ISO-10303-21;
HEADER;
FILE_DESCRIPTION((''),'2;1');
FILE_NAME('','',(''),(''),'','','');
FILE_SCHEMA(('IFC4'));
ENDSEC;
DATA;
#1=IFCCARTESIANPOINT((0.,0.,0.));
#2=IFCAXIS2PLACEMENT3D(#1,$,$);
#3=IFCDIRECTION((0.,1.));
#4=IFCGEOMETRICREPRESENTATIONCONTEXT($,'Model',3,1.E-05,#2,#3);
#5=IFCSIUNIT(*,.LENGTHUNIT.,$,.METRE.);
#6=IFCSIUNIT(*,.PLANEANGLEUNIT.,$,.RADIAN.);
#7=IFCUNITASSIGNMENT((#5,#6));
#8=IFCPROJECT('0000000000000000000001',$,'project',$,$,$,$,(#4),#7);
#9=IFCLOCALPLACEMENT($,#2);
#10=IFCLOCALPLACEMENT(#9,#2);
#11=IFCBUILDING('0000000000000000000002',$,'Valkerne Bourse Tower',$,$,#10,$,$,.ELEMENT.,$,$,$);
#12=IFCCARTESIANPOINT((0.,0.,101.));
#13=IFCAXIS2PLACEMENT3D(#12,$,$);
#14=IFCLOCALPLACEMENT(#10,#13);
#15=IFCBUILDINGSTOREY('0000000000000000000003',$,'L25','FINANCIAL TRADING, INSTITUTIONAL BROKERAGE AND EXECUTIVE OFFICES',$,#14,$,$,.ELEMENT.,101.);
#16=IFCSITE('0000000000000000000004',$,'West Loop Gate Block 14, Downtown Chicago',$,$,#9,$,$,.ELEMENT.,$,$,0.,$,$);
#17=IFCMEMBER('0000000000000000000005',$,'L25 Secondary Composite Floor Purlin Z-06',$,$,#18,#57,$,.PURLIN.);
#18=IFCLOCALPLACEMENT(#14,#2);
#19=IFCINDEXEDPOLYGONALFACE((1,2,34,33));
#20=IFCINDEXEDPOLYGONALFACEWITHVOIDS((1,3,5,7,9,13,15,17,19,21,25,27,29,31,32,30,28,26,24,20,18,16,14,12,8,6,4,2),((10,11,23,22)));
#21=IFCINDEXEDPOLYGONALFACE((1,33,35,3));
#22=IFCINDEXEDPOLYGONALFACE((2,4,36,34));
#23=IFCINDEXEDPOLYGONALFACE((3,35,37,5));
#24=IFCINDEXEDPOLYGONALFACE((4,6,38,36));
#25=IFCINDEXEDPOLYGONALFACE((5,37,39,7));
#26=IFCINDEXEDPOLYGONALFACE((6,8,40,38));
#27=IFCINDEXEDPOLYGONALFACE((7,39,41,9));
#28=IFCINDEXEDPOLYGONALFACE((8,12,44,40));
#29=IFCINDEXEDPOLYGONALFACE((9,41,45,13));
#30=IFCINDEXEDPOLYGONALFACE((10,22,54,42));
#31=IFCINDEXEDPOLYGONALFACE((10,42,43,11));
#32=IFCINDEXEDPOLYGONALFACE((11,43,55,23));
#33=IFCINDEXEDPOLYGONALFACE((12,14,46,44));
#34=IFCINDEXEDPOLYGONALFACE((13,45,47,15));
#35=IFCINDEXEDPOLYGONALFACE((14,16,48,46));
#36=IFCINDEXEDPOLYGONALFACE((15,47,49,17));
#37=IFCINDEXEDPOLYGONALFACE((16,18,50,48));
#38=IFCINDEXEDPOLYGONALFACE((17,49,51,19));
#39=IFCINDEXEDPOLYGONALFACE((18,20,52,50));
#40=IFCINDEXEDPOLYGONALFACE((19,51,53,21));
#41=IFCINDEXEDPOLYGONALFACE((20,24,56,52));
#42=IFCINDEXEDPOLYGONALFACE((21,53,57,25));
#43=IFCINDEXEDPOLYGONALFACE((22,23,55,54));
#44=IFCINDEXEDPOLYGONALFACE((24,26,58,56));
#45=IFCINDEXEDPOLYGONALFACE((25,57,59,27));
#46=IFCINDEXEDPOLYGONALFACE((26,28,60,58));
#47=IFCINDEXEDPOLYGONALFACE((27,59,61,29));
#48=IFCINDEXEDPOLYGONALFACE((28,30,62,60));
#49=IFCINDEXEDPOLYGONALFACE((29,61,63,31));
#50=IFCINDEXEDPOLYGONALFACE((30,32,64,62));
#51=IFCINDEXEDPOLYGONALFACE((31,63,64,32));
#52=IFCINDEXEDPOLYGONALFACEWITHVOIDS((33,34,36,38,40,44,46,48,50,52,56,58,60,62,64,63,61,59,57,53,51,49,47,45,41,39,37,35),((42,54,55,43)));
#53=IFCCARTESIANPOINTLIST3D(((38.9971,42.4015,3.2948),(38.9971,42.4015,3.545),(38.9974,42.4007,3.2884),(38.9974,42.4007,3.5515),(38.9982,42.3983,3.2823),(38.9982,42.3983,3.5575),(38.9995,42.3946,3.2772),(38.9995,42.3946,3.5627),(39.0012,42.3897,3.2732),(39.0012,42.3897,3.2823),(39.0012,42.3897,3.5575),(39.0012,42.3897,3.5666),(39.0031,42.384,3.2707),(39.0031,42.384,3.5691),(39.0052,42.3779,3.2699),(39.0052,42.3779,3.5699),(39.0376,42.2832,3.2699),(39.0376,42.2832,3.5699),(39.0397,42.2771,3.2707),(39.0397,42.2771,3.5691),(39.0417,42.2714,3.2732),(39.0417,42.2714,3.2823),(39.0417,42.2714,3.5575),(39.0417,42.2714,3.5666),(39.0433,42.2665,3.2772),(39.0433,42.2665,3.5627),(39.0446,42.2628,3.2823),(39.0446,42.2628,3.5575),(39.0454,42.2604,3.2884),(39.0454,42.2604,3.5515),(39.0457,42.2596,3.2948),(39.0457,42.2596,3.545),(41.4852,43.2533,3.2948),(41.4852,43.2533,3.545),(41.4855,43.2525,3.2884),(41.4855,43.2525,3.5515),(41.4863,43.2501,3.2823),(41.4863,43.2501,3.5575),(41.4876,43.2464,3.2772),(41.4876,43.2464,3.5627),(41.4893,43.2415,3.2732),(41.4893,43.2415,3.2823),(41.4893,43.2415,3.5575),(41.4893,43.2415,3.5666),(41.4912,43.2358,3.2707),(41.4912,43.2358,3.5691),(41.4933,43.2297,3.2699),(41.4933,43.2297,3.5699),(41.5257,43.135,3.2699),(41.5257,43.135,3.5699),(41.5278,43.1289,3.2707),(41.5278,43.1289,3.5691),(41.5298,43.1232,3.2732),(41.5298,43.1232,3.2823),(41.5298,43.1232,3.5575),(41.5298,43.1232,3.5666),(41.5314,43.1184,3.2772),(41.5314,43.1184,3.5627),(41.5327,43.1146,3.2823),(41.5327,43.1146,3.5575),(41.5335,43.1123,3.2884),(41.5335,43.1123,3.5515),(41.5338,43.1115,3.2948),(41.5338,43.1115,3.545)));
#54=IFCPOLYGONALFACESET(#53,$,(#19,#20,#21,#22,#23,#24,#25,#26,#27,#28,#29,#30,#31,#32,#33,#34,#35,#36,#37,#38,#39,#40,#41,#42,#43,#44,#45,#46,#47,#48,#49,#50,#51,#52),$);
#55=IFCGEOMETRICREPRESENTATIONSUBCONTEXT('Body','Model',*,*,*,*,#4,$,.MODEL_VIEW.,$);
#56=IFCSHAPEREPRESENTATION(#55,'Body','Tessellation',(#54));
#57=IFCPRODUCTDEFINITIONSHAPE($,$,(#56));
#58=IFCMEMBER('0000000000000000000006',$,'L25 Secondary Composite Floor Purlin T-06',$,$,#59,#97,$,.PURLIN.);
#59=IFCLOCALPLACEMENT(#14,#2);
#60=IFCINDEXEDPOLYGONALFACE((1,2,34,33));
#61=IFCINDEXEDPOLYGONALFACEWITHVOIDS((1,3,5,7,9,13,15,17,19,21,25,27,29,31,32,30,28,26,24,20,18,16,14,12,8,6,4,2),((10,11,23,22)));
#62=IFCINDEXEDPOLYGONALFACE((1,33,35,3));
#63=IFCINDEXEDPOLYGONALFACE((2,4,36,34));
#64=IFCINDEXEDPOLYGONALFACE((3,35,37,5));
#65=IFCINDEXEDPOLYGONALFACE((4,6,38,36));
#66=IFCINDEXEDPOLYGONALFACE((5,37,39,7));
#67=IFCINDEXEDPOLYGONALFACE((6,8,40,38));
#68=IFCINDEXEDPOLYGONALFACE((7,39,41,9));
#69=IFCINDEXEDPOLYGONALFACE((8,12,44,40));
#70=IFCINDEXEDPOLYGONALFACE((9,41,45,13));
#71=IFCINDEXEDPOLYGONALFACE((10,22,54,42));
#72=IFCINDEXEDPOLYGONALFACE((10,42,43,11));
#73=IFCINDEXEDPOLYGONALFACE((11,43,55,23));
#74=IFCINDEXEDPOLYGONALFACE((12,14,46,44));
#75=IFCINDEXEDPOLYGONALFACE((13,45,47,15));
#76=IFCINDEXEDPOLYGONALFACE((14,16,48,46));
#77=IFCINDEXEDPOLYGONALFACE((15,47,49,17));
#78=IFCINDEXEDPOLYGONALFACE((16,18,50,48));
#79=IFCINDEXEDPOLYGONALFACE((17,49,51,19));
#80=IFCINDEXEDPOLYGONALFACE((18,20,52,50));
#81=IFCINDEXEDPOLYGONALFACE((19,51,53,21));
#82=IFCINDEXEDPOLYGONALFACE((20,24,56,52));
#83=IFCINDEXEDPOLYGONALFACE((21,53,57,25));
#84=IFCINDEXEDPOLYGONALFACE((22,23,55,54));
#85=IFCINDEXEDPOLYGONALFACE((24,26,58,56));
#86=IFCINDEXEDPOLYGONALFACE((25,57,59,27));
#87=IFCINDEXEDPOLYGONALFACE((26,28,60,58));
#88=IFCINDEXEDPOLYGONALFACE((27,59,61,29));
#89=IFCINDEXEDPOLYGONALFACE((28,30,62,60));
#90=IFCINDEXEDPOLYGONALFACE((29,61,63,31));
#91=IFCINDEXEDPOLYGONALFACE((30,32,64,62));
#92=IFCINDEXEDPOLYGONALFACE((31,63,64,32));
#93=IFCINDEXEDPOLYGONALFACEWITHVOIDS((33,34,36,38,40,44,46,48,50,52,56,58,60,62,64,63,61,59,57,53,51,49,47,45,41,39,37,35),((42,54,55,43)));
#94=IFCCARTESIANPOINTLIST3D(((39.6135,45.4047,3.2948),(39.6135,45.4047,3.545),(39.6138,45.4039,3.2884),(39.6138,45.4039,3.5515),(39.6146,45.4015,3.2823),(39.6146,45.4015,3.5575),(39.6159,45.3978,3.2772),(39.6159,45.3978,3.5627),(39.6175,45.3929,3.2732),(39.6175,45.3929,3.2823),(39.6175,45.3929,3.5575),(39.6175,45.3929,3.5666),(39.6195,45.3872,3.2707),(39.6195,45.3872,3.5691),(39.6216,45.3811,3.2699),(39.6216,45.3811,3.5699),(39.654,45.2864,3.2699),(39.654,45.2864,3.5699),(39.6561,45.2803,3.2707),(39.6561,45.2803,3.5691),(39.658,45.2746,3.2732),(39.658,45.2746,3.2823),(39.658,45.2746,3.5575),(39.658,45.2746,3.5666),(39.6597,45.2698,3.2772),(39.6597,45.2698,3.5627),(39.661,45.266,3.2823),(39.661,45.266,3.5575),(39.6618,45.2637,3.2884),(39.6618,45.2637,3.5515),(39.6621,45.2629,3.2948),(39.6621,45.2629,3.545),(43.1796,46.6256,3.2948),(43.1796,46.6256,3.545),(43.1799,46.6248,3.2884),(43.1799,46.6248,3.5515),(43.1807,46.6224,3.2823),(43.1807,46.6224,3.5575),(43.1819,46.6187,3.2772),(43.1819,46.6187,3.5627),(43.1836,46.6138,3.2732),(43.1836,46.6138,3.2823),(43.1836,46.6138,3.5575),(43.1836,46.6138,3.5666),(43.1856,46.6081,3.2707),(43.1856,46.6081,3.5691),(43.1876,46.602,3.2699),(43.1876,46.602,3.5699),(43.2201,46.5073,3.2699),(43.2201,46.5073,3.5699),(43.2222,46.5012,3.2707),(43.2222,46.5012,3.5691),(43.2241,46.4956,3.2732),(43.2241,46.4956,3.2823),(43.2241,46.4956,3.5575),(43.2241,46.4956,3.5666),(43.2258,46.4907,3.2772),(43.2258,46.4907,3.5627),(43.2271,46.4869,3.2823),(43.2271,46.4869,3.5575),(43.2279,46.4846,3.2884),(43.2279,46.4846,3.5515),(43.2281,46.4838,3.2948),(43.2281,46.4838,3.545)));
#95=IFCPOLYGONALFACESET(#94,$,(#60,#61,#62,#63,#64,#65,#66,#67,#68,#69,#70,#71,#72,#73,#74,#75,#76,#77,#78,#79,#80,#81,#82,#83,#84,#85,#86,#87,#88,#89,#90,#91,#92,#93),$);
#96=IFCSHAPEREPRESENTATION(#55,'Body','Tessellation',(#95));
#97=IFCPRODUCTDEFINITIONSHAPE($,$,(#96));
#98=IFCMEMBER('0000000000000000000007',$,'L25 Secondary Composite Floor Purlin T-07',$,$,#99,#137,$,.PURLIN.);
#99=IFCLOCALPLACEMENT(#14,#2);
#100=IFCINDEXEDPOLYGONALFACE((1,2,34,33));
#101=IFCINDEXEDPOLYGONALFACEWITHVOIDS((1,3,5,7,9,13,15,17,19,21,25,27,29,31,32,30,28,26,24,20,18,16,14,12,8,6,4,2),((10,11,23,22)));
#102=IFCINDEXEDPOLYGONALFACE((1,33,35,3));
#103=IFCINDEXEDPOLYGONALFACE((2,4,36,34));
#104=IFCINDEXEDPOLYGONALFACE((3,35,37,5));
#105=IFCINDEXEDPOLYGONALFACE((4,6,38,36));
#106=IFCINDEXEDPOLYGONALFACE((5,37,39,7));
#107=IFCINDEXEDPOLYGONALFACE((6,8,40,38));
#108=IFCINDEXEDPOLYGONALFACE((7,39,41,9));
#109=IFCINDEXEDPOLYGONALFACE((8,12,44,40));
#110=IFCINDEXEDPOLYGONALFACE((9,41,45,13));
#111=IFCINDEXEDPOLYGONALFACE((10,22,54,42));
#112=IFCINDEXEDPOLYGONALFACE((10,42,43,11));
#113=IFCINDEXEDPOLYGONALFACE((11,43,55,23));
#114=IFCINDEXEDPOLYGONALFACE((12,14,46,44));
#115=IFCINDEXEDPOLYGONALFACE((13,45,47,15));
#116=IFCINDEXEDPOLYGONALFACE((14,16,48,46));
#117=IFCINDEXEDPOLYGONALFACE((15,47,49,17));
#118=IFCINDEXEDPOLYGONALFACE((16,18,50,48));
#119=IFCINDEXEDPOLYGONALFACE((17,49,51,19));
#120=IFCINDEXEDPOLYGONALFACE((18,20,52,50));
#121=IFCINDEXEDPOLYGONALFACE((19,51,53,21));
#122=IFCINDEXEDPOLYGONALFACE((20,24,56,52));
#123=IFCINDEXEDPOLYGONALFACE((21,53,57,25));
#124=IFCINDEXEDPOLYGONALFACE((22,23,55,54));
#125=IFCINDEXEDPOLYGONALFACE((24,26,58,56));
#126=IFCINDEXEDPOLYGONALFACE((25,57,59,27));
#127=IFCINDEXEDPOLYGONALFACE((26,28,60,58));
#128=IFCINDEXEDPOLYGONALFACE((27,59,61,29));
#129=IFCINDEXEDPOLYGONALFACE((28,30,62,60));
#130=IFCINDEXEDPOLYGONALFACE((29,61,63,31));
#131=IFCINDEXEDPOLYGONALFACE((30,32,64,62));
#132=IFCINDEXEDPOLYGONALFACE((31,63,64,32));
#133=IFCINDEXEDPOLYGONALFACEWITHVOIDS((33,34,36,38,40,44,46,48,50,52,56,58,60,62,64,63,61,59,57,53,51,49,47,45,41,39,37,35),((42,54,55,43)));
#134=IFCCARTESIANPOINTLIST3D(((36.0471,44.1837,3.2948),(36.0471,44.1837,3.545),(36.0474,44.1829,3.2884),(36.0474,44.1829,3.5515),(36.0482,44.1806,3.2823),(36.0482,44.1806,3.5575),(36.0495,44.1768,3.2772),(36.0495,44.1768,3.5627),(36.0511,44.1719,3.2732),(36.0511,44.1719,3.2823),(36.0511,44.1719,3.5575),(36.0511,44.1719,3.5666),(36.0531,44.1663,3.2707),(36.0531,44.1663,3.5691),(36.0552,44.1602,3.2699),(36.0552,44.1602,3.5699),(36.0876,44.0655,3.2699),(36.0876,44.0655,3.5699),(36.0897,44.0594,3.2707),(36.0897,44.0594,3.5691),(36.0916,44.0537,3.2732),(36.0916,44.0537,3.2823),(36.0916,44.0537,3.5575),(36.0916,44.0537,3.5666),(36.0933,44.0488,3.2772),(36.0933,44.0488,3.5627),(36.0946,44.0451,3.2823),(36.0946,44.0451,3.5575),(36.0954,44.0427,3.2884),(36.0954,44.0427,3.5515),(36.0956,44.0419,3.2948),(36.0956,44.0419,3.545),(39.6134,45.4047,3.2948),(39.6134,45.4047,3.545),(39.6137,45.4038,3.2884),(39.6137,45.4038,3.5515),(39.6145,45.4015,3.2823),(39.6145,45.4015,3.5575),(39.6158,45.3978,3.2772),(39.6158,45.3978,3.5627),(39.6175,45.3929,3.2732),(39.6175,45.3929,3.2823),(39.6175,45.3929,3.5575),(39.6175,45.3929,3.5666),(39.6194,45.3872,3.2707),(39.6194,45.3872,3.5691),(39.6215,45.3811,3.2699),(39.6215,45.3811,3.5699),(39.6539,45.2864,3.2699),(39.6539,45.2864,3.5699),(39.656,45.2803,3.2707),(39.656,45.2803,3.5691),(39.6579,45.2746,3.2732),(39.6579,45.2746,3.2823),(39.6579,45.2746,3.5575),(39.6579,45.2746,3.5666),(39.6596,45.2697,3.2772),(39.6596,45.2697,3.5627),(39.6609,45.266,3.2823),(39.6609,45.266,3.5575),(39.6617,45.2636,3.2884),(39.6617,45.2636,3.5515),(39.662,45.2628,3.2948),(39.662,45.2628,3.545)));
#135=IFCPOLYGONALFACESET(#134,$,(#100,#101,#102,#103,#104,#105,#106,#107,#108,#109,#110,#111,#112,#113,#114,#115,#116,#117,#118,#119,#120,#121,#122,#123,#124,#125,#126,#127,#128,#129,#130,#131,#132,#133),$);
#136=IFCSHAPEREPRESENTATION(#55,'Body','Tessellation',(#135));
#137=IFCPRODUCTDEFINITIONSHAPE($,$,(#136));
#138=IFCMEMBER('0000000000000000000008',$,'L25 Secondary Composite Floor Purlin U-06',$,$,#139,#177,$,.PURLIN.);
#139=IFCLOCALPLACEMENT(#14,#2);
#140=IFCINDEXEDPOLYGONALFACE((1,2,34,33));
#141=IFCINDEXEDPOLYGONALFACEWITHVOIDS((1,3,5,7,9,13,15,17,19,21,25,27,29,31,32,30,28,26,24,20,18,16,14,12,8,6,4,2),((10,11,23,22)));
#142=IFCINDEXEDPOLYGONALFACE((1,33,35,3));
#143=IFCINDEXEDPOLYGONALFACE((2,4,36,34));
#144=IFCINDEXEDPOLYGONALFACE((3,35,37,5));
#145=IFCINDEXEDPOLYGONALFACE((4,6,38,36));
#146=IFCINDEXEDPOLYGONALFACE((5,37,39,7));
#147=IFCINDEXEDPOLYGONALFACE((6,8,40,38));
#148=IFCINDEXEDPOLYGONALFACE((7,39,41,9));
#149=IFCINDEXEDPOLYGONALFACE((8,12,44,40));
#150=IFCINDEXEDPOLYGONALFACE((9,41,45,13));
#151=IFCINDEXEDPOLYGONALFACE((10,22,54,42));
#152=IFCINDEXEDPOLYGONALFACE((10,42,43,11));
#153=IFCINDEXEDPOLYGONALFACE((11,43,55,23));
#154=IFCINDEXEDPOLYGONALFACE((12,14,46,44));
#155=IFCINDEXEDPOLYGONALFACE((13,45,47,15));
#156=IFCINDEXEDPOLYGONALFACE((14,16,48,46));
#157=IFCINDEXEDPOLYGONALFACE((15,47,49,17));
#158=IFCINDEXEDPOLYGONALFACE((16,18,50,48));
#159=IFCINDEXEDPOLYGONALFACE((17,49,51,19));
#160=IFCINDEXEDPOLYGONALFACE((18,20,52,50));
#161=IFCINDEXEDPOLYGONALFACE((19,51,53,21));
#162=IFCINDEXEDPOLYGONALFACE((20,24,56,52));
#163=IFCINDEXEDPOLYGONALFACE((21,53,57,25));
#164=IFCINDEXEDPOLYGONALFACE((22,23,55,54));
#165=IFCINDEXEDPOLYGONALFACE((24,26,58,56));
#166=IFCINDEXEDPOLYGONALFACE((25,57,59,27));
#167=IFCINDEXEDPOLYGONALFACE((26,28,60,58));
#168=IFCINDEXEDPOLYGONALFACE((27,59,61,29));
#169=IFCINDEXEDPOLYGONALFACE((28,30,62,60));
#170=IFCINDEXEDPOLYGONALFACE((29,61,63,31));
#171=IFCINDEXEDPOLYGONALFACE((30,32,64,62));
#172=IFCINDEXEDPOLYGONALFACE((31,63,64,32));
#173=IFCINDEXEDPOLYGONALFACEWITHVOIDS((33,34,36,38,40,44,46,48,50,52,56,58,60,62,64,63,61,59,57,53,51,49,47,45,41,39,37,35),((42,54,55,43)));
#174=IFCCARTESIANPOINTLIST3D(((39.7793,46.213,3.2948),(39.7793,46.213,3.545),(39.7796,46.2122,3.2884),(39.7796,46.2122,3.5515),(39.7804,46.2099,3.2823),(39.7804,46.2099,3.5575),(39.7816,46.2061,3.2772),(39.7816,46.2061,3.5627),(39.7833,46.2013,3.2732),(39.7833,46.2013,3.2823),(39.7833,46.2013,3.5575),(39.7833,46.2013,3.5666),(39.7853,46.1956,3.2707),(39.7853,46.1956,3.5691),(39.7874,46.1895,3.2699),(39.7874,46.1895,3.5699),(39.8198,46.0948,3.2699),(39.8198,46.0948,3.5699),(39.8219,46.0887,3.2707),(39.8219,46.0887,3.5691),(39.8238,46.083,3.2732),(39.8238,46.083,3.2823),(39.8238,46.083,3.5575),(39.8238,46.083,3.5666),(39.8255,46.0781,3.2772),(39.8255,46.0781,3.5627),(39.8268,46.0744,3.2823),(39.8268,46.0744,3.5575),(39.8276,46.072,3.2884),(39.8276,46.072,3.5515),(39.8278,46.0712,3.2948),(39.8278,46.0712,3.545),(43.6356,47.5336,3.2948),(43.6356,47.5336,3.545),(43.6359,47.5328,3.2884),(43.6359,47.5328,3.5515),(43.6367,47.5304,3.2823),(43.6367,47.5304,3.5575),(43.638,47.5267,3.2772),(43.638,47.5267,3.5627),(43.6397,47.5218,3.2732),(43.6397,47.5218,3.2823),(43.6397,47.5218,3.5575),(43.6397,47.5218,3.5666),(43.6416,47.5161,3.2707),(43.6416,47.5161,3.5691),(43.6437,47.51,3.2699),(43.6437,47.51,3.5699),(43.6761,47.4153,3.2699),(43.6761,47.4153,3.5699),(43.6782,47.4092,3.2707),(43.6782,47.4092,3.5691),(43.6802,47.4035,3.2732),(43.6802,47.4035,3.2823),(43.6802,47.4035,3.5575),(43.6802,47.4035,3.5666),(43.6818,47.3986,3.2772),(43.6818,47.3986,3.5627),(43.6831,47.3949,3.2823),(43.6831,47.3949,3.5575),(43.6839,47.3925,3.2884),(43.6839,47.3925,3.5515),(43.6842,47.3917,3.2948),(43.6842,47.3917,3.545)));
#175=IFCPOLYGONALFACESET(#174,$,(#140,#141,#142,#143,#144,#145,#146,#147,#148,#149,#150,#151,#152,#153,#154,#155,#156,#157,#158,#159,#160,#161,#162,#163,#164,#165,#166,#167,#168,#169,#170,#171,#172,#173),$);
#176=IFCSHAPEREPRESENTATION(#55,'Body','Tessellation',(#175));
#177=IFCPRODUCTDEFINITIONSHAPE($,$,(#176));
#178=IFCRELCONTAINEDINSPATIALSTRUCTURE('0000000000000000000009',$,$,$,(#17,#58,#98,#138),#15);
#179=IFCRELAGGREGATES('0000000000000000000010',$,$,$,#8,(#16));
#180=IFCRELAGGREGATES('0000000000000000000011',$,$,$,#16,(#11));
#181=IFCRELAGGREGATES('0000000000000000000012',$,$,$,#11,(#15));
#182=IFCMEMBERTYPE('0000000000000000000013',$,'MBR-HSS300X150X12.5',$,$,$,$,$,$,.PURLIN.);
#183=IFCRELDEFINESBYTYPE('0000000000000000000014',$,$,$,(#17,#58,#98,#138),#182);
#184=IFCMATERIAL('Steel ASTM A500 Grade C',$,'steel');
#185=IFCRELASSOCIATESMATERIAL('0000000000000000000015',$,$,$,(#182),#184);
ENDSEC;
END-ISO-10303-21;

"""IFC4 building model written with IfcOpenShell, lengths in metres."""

from ifc_helpers import new_model, si_unit, direction, frame, origin, origin_2d, place, context, subcontext, project, spatial, hollow_rectangle, extrude, material, material_profile, profile_set, type_object, element, save


model = new_model("IFC4")

# Units and contexts
model_context = context("Model", 3, precision=1e-05, world=origin(), true_north=direction((0.0, 1.0)))
body_context = subcontext(model_context, "Body", "Model", "MODEL_VIEW")
ifc_project = project(units=[si_unit("LENGTHUNIT", "METRE"), si_unit("PLANEANGLEUNIT", "RADIAN")], contexts=[model_context])

# Site, building, storey
site_placement = place(None, origin())
site = spatial("IfcSite", under=ifc_project, at=site_placement, Name="West Loop Gate Block 14, Downtown Chicago", CompositionType="ELEMENT", RefElevation=0.0)
building_placement = place(site_placement, origin())
building = spatial("IfcBuilding", under=site, at=building_placement, Name="Valkerne Bourse Tower", CompositionType="ELEMENT")
storey_placement = place(building_placement, frame((0.0, 0.0, 101.0)))
storey = spatial("IfcBuildingStorey", under=building, at=storey_placement, Name="L25", Description="FINANCIAL TRADING, INSTITUTIONAL BROKERAGE AND EXECUTIVE OFFICES", CompositionType="ELEMENT", Elevation=101.0)

# Members
ifc_material_1 = material(Name="Steel ASTM A500 Grade C", Category="steel")
ifc_material_profile_1 = material_profile(ifc_material_1, hollow_rectangle(XDim=0.1499, YDim=0.3, WallThickness=0.0125, OuterFilletRadius=0.0249, at=origin_2d()), Name="HSS300X150X12.5")
ifc_profile_set_1 = profile_set([ifc_material_profile_1], Name="Steel ASTM A500 Grade C")
member_type_1 = type_object("IfcMemberType", Name="MBR-HSS300X150X12.5", PredefinedType="PURLIN", material=ifc_profile_set_1)
member_1_placement = place(storey_placement, frame((41.5095, 43.1824, 3.4199), z_axis=(-0.94609, -0.323904, 0.0), x_axis=(0.323904, -0.94609, 0.0)))
element("IfcMember", 1, at=member_1_placement, inside=storey, type_object=member_type_1, Name="L25 Secondary Composite Floor Purlin Z-06", PredefinedType="PURLIN", context=body_context, shape_type="SweptSolid", body=[
    extrude(hollow_rectangle(XDim=0.1499, YDim=0.3, WallThickness=0.0125, OuterFilletRadius=0.0249, at=origin_2d()), origin(), (0.0, 0.0, 1.0), 2.6299),
])
member_2_placement = place(storey_placement, frame((43.2039, 46.5547, 3.4199), z_axis=(-0.946087, -0.323912, 0.0), x_axis=(0.323912, -0.946087, 0.0)))
element("IfcMember", 2, at=member_2_placement, inside=storey, type_object=member_type_1, Name="L25 Secondary Composite Floor Purlin T-06", PredefinedType="PURLIN", context=body_context, shape_type="SweptSolid", body=[
    extrude(hollow_rectangle(XDim=0.1499, YDim=0.3, WallThickness=0.0125, OuterFilletRadius=0.0249, at=origin_2d()), origin(), (0.0, 0.0, 1.0), 3.7693),
])
member_3_placement = place(storey_placement, frame((39.6377, 45.3337, 3.4199), z_axis=(-0.946094, -0.323892, 0.0), x_axis=(0.323892, -0.946094, 0.0)))
element("IfcMember", 3, at=member_3_placement, inside=storey, type_object=member_type_1, Name="L25 Secondary Composite Floor Purlin T-07", PredefinedType="PURLIN", context=body_context, shape_type="SweptSolid", body=[
    extrude(hollow_rectangle(XDim=0.1499, YDim=0.3, WallThickness=0.0125, OuterFilletRadius=0.0249, at=origin_2d()), origin(), (0.0, 0.0, 1.0), 3.7695),
])
for number, where, z_axis, x_axis, name in (
    (4, (43.6599, 47.4626, 3.4199), (-0.94607, -0.323961, 0.0), (0.323961, -0.94607, 0.0), "L25 Secondary Composite Floor Purlin U-06"),
):
    element("IfcMember", number, at=place(storey_placement, frame(where, z_axis=z_axis, x_axis=x_axis)), inside=storey, type_object=member_type_1, Name=name, PredefinedType="PURLIN", context=body_context, shape_type="SweptSolid", body=[
        extrude(hollow_rectangle(XDim=0.1499, YDim=0.3, WallThickness=0.0125, OuterFilletRadius=0.0249, at=origin_2d()), origin(), (0.0, 0.0, 1.0), 4.0762),
    ])

save(model, "model.ifc")
